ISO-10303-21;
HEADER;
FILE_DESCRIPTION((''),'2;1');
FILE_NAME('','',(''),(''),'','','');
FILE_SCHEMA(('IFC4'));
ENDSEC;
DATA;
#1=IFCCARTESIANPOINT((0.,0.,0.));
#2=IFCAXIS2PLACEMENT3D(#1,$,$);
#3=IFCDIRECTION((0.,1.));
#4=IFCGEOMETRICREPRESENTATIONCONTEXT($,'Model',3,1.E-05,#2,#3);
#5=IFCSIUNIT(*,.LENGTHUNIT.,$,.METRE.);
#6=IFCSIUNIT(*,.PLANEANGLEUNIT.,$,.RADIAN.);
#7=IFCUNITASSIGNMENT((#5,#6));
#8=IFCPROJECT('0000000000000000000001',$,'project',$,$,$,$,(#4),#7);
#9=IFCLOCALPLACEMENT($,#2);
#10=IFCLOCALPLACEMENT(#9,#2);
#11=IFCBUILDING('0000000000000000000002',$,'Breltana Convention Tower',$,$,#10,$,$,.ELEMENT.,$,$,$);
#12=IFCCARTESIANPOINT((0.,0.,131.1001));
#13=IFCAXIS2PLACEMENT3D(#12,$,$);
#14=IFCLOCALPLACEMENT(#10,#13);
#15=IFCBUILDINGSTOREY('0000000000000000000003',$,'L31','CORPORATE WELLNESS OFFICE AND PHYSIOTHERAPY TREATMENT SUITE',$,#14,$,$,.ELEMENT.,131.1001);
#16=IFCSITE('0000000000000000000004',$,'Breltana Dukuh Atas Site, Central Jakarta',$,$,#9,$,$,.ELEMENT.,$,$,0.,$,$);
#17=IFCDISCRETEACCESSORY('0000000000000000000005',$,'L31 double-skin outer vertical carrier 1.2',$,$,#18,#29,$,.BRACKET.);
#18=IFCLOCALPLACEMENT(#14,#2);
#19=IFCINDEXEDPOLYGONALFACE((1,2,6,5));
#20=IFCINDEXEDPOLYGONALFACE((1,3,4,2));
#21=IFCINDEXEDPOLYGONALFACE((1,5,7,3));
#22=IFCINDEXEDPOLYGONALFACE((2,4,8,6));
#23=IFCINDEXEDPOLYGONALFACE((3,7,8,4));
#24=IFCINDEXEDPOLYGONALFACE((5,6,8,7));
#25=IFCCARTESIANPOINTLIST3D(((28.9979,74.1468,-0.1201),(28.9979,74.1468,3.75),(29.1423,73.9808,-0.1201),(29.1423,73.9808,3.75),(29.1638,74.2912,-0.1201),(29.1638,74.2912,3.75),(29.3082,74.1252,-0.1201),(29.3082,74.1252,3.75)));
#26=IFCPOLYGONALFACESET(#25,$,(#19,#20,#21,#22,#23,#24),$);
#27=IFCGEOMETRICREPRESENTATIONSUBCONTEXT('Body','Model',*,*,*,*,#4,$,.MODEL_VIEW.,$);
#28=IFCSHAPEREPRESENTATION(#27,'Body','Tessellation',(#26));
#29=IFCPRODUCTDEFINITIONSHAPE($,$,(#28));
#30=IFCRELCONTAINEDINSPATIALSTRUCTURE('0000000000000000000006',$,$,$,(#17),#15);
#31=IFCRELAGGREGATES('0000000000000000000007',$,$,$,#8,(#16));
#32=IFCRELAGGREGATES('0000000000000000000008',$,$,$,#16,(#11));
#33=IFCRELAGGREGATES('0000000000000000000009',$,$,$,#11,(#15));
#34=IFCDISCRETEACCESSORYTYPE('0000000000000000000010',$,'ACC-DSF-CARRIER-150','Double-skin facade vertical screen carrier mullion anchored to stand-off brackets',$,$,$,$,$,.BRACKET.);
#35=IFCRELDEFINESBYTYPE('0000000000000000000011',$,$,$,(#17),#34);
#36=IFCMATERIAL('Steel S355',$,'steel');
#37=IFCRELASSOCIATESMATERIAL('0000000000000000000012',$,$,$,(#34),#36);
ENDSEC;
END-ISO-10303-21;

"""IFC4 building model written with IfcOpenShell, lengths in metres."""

from ifc_helpers import new_model, si_unit, direction, frame, origin, origin_2d, place, context, subcontext, project, spatial, rectangle, extrude, source, transform, mapped, material, type_object, element, save


model = new_model("IFC4")

# Units and contexts
model_context = context("Model", 3, precision=1e-05, world=origin(), true_north=direction((0.0, 1.0)))
body_context = subcontext(model_context, "Body", "Model", "MODEL_VIEW")
ifc_project = project(units=[si_unit("LENGTHUNIT", "METRE"), si_unit("PLANEANGLEUNIT", "RADIAN")], contexts=[model_context])

# Site, building, storey
site_placement = place(None, origin())
site = spatial("IfcSite", under=ifc_project, at=site_placement, Name="Breltana Dukuh Atas Site, Central Jakarta", CompositionType="ELEMENT", RefElevation=0.0)
building_placement = place(site_placement, origin())
building = spatial("IfcBuilding", under=site, at=building_placement, Name="Breltana Convention Tower", CompositionType="ELEMENT")
storey_placement = place(building_placement, frame((0.0, 0.0, 131.1001)))
storey = spatial("IfcBuildingStorey", under=building, at=storey_placement, Name="L31", Description="CORPORATE WELLNESS OFFICE AND PHYSIOTHERAPY TREATMENT SUITE", CompositionType="ELEMENT", Elevation=131.1001)

# Discrete accessory
ifc_material_1 = material(Name="Steel S355", Category="steel")
discrete_accessory_type_1 = type_object("IfcDiscreteAccessoryType", Name="ACC-DSF-CARRIER-150", Description="Double-skin facade vertical screen carrier mullion anchored to stand-off brackets", PredefinedType="BRACKET", material=ifc_material_1)
shared_shape_1 = source(origin(), body_context, "Body", "SweptSolid", [
    extrude(rectangle(XDim=0.22, YDim=0.22, at=origin_2d()), origin(), (0.0, 0.0, 1.0), 3.8701),
])
discrete_accessory_placement = place(storey_placement, frame((29.1531, 74.136, -0.1201), z_axis=(0.0, 0.0, 1.0), x_axis=(-0.656454, 0.754366, 0.0)))
element("IfcDiscreteAccessory", 1, at=discrete_accessory_placement, inside=storey, type_object=discrete_accessory_type_1, Name="L31 double-skin outer vertical carrier 1.2", PredefinedType="BRACKET", context=body_context, shape_type="MappedRepresentation", body=[
    mapped(shared_shape_1, transform((0.0, 0.0, 0.0), scale=1.0)),
])

save(model, "model.ifc")
